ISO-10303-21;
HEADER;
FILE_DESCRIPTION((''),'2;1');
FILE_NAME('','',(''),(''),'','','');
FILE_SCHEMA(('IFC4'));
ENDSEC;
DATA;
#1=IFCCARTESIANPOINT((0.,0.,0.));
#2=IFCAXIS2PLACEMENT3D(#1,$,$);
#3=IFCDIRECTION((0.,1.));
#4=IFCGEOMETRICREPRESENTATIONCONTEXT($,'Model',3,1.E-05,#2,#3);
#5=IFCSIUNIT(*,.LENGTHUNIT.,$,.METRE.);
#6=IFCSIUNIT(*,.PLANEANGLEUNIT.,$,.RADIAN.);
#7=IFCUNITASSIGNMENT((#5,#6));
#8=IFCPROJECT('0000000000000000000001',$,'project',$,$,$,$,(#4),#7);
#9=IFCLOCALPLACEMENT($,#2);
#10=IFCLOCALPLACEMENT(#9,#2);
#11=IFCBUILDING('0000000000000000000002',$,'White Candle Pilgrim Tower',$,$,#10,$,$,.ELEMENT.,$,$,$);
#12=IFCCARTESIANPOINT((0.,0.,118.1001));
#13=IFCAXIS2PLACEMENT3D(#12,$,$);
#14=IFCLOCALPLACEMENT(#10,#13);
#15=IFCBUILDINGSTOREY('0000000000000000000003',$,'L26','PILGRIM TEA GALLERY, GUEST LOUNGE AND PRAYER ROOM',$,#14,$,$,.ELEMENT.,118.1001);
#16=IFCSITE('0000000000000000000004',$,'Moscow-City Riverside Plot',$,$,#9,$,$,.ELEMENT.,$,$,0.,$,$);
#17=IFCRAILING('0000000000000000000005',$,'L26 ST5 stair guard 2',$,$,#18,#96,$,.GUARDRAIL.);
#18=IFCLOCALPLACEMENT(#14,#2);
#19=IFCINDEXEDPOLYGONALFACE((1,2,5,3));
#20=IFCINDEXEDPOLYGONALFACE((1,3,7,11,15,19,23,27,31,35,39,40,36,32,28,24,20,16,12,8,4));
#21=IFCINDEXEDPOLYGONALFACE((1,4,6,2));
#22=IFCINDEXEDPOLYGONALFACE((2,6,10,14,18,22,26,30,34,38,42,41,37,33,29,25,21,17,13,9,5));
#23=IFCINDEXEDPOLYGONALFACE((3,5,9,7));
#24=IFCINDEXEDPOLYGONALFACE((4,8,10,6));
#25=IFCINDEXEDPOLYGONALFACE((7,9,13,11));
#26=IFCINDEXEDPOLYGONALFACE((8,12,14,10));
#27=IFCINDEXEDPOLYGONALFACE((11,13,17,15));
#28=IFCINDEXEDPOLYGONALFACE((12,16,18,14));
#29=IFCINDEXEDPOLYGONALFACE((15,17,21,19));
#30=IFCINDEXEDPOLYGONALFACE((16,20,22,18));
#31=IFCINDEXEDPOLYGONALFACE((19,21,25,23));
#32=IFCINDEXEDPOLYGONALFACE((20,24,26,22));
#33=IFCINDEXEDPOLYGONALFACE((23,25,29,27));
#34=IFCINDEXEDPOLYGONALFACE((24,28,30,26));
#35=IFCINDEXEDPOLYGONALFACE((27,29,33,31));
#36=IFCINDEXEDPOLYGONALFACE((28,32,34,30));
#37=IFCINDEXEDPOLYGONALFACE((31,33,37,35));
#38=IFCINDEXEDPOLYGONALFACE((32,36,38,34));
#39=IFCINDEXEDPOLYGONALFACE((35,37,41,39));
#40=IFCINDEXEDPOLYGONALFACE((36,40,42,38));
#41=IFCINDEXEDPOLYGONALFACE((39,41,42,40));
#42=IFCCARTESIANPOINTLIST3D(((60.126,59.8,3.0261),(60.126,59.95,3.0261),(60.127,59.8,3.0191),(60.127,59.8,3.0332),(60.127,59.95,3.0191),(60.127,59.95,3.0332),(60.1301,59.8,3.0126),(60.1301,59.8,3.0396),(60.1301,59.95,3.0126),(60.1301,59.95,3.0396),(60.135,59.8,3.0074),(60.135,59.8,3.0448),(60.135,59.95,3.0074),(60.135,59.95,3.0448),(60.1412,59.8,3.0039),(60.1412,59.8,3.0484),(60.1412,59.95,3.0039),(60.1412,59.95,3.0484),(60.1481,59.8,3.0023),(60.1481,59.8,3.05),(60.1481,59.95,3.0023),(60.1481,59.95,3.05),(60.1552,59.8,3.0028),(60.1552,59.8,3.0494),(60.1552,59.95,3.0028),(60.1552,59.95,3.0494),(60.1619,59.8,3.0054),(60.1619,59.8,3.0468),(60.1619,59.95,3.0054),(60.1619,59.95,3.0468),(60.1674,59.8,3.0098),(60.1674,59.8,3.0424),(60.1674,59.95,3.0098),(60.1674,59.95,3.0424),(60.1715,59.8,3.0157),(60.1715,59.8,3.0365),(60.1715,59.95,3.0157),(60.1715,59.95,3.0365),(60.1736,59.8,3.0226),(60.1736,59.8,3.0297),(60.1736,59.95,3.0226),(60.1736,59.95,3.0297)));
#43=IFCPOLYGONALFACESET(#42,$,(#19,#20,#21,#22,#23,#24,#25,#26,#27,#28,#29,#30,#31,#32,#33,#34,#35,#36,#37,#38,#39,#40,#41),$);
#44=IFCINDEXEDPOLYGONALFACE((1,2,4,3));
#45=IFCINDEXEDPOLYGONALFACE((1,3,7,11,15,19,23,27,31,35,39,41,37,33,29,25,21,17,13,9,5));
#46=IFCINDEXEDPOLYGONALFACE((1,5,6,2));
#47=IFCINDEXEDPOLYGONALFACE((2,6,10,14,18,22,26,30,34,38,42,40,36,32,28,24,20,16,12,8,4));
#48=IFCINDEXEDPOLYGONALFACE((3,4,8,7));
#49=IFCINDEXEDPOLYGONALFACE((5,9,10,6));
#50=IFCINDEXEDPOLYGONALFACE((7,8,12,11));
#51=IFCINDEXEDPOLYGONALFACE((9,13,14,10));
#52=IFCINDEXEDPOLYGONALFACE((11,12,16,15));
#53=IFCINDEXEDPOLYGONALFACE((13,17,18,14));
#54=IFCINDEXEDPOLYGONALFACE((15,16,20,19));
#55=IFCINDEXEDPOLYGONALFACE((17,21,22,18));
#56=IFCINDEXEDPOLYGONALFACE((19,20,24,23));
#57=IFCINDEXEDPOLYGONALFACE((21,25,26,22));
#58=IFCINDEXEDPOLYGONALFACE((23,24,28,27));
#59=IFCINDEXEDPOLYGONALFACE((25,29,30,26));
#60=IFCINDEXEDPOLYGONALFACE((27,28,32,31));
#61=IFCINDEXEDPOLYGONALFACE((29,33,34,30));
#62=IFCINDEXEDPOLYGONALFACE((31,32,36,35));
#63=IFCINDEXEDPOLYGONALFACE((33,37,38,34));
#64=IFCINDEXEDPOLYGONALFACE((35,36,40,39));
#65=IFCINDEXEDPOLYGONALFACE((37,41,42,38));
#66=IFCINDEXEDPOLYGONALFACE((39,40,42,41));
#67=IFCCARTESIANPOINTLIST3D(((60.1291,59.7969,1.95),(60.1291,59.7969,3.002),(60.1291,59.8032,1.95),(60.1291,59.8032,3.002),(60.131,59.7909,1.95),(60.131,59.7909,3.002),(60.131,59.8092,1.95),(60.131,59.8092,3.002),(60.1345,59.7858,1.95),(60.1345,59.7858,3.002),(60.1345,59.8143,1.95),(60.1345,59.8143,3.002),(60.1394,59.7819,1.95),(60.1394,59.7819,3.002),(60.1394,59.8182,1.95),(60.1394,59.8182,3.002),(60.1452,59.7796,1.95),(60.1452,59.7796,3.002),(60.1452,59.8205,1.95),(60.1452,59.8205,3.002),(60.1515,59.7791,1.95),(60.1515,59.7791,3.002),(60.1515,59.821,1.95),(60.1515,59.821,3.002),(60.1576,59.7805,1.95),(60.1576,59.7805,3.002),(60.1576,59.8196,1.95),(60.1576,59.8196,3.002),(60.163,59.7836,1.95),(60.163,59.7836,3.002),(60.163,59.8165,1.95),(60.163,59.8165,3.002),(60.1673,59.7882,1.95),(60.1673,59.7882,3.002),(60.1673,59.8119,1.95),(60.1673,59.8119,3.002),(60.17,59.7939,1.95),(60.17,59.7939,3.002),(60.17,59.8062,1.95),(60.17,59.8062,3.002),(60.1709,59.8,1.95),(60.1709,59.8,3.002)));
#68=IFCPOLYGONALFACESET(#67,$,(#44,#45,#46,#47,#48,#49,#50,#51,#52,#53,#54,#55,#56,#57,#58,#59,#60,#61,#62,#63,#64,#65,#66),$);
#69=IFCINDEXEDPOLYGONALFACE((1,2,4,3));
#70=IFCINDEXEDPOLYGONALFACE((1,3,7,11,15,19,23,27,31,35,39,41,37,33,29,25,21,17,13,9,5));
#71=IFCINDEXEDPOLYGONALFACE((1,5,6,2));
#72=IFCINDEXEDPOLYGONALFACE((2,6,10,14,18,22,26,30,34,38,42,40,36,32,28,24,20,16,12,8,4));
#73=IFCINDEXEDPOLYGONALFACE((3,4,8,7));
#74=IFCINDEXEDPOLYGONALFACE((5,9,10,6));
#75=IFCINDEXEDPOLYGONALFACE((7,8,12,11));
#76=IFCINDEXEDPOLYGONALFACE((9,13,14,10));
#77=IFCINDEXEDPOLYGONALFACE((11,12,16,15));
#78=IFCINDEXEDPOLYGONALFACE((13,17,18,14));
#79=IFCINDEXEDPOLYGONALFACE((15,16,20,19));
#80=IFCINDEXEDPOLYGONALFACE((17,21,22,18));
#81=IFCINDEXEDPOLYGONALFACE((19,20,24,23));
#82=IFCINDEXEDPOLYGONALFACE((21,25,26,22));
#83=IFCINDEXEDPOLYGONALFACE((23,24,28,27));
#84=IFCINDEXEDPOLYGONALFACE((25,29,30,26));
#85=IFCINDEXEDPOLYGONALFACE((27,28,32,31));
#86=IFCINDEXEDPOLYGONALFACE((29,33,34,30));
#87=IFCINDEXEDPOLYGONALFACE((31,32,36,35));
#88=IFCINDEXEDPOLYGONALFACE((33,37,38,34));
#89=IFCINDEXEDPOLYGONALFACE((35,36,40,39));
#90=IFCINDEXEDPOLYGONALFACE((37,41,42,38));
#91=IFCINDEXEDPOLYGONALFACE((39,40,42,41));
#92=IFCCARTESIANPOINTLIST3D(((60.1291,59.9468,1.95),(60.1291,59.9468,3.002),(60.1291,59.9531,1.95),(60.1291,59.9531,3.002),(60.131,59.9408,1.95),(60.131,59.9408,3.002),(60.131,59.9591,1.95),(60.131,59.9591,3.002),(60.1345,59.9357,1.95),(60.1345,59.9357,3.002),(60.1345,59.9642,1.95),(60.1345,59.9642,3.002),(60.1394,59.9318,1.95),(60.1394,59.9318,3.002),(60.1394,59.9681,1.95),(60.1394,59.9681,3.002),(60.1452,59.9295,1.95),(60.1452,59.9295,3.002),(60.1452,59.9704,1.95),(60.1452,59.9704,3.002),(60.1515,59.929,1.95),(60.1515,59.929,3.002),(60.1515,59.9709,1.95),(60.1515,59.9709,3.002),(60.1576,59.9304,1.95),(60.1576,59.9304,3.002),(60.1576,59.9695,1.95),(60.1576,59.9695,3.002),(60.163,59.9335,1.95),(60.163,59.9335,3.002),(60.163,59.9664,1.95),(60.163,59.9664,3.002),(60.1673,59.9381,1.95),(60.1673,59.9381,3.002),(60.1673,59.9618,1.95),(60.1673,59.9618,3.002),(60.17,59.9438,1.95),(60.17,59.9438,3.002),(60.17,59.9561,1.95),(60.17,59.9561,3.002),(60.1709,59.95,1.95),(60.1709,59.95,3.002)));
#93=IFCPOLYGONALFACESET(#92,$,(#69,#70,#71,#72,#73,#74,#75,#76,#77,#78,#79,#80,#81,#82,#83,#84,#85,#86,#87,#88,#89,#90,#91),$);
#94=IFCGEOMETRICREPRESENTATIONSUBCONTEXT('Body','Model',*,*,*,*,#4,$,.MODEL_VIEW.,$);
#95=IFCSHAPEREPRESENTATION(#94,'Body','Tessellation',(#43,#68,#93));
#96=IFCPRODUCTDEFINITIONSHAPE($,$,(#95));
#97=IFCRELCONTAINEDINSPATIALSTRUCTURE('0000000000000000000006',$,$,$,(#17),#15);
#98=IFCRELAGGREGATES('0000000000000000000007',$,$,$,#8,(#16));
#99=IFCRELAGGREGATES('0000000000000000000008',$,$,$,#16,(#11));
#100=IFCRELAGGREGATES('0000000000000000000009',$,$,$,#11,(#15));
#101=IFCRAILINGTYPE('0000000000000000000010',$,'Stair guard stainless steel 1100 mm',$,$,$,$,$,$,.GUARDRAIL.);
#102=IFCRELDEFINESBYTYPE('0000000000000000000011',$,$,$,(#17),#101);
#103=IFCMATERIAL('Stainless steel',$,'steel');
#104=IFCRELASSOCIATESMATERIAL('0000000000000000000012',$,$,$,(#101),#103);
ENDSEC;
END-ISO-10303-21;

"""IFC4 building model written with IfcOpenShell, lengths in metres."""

from ifc_helpers import new_model, si_unit, direction, frame, origin, origin_2d, place, context, subcontext, project, spatial, circle, extrude, material, type_object, element, save


model = new_model("IFC4")

# Units and contexts
model_context = context("Model", 3, precision=1e-05, world=origin(), true_north=direction((0.0, 1.0)))
body_context = subcontext(model_context, "Body", "Model", "MODEL_VIEW")
ifc_project = project(units=[si_unit("LENGTHUNIT", "METRE"), si_unit("PLANEANGLEUNIT", "RADIAN")], contexts=[model_context])

# Site, building, storey
site_placement = place(None, origin())
site = spatial("IfcSite", under=ifc_project, at=site_placement, Name="Moscow-City Riverside Plot", CompositionType="ELEMENT", RefElevation=0.0)
building_placement = place(site_placement, origin())
building = spatial("IfcBuilding", under=site, at=building_placement, Name="White Candle Pilgrim Tower", CompositionType="ELEMENT")
storey_placement = place(building_placement, frame((0.0, 0.0, 118.1001)))
storey = spatial("IfcBuildingStorey", under=building, at=storey_placement, Name="L26", Description="PILGRIM TEA GALLERY, GUEST LOUNGE AND PRAYER ROOM", CompositionType="ELEMENT", Elevation=118.1001)

# Railing
ifc_material_1 = material(Name="Stainless steel", Category="steel")
railing_type_1 = type_object("IfcRailingType", Name="Stair guard stainless steel 1100 mm", PredefinedType="GUARDRAIL", material=ifc_material_1)
railing_1_placement = place(storey_placement, frame((60.1499, 59.8, 1.95)))
element("IfcRailing", 1, at=railing_1_placement, inside=storey, type_object=railing_type_1, Name="L26 ST5 stair guard 2", PredefinedType="GUARDRAIL", context=body_context, shape_type="SweptSolid", body=[
    extrude(circle(Radius=0.0239, at=origin_2d()), frame((0.0, 0.0, 1.0762), z_axis=(0.0, 1.0, 0.0), x_axis=(-1.0, 0.0, 0.0)), (0.0, 0.0, 1.0), 0.1499),
    extrude(circle(Radius=0.021, at=origin_2d()), origin(), (0.0, 0.0, 1.0), 1.052),
    extrude(circle(Radius=0.021, at=origin_2d()), frame((0.0, 0.1499, 0.0)), (0.0, 0.0, 1.0), 1.052),
])

save(model, "model.ifc")
